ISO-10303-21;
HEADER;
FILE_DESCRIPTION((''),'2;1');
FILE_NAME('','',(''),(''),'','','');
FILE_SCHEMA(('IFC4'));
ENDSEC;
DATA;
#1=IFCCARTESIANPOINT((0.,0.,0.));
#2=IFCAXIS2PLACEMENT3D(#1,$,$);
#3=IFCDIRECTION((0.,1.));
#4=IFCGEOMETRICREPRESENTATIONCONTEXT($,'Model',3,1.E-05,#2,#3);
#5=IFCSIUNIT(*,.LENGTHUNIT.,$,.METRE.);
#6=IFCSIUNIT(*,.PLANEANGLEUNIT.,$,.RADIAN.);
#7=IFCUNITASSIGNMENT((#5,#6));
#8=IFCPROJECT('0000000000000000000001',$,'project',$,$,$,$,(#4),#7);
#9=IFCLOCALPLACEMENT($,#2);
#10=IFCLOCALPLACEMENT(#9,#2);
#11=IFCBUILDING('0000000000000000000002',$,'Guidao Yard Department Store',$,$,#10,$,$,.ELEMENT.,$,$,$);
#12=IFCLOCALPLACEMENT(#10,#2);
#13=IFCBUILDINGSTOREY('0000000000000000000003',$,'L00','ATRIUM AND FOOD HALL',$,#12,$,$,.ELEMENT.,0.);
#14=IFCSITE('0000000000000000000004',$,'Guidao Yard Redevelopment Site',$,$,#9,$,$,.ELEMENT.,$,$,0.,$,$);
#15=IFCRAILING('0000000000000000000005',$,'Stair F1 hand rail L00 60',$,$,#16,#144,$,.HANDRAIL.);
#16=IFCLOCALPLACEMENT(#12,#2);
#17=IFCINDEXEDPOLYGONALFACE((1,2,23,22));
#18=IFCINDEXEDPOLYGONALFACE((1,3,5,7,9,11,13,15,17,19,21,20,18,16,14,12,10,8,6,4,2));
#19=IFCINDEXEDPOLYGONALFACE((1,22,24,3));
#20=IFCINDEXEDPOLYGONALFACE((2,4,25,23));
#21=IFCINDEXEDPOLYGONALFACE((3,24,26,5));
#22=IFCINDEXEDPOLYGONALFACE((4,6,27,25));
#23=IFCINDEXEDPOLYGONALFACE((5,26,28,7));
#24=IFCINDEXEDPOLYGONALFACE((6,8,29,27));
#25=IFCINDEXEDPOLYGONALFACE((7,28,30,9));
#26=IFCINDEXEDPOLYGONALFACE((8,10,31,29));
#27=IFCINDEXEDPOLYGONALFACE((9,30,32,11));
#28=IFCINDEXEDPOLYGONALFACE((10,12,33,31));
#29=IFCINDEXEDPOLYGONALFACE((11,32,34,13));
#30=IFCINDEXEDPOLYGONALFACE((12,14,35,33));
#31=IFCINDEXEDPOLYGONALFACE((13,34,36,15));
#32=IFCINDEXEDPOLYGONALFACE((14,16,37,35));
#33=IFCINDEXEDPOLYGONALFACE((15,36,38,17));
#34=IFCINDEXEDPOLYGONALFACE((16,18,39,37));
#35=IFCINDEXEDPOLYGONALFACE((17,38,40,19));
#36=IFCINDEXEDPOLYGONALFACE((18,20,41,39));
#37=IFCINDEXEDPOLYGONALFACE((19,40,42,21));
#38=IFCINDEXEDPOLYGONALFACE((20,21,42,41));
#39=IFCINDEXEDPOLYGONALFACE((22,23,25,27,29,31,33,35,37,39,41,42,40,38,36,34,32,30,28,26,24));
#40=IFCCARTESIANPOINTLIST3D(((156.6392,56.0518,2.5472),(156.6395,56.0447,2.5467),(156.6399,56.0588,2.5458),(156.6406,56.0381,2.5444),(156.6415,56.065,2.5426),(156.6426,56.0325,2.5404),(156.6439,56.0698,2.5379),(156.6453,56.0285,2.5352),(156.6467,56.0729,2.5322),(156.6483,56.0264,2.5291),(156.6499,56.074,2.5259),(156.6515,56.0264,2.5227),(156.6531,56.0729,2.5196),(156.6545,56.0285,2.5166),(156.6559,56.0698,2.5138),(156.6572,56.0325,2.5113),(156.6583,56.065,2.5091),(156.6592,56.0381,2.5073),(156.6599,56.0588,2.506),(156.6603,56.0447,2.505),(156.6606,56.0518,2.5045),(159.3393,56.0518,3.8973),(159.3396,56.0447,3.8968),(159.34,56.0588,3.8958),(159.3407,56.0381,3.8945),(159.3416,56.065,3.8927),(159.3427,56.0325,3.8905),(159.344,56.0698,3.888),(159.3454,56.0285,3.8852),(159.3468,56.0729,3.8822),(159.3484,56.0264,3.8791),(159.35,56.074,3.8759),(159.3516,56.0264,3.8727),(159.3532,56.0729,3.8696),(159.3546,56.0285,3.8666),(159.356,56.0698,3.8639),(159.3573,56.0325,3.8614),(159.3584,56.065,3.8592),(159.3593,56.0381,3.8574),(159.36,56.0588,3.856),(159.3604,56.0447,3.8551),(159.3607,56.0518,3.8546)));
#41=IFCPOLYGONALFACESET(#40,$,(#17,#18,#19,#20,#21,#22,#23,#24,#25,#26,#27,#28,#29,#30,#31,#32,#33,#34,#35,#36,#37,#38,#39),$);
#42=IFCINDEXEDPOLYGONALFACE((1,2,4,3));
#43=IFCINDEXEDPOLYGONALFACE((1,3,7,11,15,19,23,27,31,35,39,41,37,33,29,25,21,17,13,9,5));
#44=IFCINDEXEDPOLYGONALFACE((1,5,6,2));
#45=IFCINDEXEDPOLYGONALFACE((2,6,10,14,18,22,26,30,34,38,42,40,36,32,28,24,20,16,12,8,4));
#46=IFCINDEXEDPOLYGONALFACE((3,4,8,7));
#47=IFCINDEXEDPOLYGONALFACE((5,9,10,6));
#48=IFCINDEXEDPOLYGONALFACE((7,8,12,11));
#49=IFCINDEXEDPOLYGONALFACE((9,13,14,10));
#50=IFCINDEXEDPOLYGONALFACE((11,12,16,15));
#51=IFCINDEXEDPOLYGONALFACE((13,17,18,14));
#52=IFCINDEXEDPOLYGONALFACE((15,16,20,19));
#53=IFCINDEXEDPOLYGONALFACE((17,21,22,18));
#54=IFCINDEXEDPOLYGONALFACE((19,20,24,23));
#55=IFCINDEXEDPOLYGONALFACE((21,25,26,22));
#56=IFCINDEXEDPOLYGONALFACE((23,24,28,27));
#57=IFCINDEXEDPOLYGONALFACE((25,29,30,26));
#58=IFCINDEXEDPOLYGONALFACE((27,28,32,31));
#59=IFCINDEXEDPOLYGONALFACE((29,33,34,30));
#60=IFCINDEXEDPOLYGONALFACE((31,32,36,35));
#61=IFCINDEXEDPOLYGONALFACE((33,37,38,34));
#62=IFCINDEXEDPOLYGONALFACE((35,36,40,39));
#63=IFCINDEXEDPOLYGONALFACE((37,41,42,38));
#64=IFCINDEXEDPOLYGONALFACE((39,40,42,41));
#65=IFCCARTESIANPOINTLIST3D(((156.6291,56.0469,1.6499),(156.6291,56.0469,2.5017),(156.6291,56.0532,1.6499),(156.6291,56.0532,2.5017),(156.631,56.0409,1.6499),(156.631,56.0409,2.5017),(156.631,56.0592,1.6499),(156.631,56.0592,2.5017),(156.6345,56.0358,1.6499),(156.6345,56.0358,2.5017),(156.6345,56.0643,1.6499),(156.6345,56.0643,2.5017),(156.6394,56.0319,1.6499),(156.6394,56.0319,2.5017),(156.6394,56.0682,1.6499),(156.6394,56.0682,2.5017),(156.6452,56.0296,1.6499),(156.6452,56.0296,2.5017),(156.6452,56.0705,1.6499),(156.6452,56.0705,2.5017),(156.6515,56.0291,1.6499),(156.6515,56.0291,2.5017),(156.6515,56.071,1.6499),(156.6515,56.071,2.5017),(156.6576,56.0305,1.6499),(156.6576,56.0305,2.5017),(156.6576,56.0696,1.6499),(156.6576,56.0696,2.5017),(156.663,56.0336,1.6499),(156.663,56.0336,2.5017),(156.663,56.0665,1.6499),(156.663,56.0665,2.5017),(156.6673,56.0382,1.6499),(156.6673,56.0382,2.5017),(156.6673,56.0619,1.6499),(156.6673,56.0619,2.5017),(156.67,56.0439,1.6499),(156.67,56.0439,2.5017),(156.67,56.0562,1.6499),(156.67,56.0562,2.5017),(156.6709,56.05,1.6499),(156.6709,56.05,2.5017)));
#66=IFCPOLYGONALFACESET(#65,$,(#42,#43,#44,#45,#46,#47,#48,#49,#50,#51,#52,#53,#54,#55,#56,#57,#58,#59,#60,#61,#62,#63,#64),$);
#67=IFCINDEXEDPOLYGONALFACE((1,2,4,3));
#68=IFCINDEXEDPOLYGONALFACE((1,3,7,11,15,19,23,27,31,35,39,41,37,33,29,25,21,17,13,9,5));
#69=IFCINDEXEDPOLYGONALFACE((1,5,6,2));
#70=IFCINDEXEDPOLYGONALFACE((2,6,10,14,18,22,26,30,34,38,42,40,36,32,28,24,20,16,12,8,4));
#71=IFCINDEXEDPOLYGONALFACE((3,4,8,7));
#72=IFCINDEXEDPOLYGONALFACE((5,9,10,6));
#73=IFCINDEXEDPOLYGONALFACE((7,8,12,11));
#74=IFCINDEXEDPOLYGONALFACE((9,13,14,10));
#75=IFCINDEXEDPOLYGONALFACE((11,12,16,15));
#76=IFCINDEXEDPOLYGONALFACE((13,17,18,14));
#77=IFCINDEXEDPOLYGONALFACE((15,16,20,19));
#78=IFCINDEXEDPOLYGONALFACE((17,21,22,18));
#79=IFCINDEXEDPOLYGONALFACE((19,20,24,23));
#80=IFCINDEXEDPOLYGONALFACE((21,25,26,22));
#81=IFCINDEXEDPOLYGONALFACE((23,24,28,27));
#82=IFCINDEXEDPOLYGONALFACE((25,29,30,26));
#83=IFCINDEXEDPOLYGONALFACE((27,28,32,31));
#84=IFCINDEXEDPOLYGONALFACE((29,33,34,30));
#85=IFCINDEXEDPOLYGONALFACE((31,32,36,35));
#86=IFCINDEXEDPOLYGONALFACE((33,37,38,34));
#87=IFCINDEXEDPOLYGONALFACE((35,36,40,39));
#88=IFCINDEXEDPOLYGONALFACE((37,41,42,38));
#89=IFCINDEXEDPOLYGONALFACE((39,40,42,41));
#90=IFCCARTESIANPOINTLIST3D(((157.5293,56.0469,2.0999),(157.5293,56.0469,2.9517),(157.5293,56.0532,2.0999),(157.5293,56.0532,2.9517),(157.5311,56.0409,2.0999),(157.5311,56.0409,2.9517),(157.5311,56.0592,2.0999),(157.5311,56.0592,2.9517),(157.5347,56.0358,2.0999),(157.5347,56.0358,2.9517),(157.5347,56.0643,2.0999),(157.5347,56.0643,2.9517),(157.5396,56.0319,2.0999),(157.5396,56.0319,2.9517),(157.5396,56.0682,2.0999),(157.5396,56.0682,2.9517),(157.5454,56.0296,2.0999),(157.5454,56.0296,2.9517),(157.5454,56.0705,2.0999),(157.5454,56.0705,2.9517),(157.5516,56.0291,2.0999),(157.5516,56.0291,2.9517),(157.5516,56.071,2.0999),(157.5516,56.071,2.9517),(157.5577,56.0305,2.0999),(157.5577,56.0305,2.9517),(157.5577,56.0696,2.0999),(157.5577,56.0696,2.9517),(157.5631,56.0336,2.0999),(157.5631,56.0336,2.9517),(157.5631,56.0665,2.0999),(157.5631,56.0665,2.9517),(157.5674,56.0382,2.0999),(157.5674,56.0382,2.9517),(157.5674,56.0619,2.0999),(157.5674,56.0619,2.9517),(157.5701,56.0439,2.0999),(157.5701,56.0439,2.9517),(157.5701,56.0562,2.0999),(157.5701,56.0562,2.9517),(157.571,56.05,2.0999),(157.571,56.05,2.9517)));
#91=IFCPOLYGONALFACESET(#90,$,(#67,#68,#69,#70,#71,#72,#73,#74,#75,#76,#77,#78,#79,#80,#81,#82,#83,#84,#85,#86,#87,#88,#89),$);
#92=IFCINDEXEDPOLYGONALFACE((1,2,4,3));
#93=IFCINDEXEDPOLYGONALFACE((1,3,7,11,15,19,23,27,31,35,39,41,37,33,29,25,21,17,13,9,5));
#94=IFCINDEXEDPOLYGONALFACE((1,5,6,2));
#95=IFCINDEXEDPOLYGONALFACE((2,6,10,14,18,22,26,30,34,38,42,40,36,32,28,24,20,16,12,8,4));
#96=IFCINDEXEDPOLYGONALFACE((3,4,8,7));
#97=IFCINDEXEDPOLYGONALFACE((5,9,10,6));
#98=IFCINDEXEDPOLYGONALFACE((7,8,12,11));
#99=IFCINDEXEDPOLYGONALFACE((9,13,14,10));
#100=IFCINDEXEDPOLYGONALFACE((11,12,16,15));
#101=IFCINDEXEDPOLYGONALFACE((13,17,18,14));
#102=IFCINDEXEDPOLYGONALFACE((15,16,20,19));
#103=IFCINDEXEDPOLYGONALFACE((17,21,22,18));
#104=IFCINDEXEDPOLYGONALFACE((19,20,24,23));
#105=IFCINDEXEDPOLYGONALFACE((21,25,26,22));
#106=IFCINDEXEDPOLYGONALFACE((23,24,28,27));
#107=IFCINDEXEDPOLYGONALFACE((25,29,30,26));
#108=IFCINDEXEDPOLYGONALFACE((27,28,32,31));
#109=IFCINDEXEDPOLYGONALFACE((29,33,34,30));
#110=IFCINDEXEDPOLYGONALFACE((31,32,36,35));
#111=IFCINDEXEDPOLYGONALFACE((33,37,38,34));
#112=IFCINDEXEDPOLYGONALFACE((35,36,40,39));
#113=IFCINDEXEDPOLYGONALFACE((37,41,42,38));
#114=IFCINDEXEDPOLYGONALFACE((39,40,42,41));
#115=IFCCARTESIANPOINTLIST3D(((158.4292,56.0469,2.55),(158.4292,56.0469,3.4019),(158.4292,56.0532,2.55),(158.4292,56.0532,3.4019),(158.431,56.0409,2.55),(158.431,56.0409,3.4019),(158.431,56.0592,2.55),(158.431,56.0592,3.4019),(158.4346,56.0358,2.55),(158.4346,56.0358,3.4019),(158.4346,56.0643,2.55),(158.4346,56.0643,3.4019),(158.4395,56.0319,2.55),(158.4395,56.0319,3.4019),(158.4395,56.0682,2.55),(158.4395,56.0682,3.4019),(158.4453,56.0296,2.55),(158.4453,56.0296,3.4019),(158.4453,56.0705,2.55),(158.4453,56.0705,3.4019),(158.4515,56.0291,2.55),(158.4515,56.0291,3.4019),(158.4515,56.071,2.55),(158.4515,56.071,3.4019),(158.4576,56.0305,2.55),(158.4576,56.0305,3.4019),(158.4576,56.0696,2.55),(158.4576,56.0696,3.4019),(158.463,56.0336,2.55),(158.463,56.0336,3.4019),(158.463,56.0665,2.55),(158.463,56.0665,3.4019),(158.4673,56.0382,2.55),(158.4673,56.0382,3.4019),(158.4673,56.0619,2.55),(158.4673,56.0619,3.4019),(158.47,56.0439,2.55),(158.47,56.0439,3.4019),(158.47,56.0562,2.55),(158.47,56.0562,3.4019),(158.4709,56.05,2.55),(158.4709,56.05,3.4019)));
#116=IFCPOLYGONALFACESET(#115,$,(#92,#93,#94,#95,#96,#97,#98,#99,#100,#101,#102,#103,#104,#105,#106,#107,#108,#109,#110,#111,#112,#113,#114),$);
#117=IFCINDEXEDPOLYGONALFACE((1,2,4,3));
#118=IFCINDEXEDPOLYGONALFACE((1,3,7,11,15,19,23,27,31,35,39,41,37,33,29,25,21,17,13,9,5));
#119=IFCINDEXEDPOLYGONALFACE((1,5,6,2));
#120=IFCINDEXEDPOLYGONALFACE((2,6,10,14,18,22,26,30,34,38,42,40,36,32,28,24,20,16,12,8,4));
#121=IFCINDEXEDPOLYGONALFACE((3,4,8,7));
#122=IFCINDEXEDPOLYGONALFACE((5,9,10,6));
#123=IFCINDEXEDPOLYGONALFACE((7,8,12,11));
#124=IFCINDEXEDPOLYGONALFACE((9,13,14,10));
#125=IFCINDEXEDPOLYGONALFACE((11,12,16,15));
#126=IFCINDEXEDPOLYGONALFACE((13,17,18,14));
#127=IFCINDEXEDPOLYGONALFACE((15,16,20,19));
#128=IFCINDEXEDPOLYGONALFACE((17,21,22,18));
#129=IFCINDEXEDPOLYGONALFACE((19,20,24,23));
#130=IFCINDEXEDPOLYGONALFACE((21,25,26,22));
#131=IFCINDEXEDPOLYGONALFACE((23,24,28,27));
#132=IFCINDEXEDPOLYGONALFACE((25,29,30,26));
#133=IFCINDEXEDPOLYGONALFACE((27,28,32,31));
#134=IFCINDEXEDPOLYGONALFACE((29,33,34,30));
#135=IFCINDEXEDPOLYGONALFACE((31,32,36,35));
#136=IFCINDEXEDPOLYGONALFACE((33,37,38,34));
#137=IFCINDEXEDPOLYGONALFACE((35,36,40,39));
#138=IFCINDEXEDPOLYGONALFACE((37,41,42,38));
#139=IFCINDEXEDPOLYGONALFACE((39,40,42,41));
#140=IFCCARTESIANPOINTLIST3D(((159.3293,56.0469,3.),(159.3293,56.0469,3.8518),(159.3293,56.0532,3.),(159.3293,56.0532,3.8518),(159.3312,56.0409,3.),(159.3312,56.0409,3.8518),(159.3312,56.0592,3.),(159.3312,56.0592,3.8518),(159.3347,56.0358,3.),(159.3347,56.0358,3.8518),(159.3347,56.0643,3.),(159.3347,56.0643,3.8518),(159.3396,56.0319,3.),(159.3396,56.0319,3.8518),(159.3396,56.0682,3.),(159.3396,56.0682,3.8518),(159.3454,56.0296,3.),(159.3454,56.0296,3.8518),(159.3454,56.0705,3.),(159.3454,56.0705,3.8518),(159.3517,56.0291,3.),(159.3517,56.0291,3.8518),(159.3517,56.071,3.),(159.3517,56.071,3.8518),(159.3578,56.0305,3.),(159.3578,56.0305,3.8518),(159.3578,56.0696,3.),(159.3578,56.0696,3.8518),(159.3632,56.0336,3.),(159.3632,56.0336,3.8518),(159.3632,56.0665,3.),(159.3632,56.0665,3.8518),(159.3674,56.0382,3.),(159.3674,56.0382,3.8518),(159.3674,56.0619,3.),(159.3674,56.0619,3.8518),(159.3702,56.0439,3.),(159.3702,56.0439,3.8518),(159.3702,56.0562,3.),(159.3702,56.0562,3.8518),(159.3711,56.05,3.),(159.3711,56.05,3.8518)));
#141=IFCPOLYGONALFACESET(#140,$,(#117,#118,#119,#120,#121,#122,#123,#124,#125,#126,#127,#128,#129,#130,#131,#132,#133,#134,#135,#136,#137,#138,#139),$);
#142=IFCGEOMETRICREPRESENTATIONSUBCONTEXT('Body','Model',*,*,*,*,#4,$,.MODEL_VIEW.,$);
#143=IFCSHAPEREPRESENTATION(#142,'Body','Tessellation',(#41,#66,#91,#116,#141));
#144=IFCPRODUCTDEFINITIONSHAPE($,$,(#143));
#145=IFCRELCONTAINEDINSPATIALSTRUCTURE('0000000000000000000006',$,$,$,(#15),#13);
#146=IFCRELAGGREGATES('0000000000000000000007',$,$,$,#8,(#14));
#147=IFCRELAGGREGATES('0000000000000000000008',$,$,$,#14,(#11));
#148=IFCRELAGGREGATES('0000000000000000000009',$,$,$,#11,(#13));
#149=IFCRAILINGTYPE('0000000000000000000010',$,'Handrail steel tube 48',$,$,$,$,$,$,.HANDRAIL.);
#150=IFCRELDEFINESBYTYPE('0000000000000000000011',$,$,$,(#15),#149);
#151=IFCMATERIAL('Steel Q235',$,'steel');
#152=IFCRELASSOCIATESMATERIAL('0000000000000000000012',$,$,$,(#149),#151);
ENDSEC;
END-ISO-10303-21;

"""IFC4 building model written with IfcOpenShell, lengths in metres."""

from ifc_helpers import new_model, si_unit, direction, frame, origin, origin_2d, place, context, subcontext, project, spatial, circle, extrude, material, type_object, element, save


model = new_model("IFC4")

# Units and contexts
model_context = context("Model", 3, precision=1e-05, world=origin(), true_north=direction((0.0, 1.0)))
body_context = subcontext(model_context, "Body", "Model", "MODEL_VIEW")
ifc_project = project(units=[si_unit("LENGTHUNIT", "METRE"), si_unit("PLANEANGLEUNIT", "RADIAN")], contexts=[model_context])

# Site, building, storey
site_placement = place(None, origin())
site = spatial("IfcSite", under=ifc_project, at=site_placement, Name="Guidao Yard Redevelopment Site", CompositionType="ELEMENT", RefElevation=0.0)
building_placement = place(site_placement, origin())
building = spatial("IfcBuilding", under=site, at=building_placement, Name="Guidao Yard Department Store", CompositionType="ELEMENT")
storey_placement = place(building_placement, origin())
storey = spatial("IfcBuildingStorey", under=building, at=storey_placement, Name="L00", Description="ATRIUM AND FOOD HALL", CompositionType="ELEMENT", Elevation=0.0)

# Railing
ifc_material_1 = material(Name="Steel Q235", Category="steel")
railing_type = type_object("IfcRailingType", Name="Handrail steel tube 48", PredefinedType="HANDRAIL", material=ifc_material_1)
for number, where, name in (
    (1, (156.6499, 56.05, 1.6499), "Stair F1 hand rail L00 60"),
):
    element("IfcRailing", number, at=place(storey_placement, frame(where)), inside=storey, type_object=railing_type, Name=name, PredefinedType="HANDRAIL", context=body_context, shape_type="SweptSolid", body=[
        extrude(circle(Radius=0.0239, at=origin_2d()), frame((0.0, 0.0, 0.876), z_axis=(0.894427, 0.0, 0.447214), x_axis=(0.0, 1.0, 0.0)), (0.0, 0.0, 1.0), 3.0188),
        extrude(circle(Radius=0.021, at=origin_2d()), origin(), (0.0, 0.0, 1.0), 0.8518),
        extrude(circle(Radius=0.021, at=origin_2d()), frame((0.9001, 0.0, 0.45)), (0.0, 0.0, 1.0), 0.8518),
        extrude(circle(Radius=0.021, at=origin_2d()), frame((1.8, 0.0, 0.9001)), (0.0, 0.0, 1.0), 0.8518),
        extrude(circle(Radius=0.021, at=origin_2d()), frame((2.7002, 0.0, 1.3501)), (0.0, 0.0, 1.0), 0.8518),
    ])

save(model, "model.ifc")
